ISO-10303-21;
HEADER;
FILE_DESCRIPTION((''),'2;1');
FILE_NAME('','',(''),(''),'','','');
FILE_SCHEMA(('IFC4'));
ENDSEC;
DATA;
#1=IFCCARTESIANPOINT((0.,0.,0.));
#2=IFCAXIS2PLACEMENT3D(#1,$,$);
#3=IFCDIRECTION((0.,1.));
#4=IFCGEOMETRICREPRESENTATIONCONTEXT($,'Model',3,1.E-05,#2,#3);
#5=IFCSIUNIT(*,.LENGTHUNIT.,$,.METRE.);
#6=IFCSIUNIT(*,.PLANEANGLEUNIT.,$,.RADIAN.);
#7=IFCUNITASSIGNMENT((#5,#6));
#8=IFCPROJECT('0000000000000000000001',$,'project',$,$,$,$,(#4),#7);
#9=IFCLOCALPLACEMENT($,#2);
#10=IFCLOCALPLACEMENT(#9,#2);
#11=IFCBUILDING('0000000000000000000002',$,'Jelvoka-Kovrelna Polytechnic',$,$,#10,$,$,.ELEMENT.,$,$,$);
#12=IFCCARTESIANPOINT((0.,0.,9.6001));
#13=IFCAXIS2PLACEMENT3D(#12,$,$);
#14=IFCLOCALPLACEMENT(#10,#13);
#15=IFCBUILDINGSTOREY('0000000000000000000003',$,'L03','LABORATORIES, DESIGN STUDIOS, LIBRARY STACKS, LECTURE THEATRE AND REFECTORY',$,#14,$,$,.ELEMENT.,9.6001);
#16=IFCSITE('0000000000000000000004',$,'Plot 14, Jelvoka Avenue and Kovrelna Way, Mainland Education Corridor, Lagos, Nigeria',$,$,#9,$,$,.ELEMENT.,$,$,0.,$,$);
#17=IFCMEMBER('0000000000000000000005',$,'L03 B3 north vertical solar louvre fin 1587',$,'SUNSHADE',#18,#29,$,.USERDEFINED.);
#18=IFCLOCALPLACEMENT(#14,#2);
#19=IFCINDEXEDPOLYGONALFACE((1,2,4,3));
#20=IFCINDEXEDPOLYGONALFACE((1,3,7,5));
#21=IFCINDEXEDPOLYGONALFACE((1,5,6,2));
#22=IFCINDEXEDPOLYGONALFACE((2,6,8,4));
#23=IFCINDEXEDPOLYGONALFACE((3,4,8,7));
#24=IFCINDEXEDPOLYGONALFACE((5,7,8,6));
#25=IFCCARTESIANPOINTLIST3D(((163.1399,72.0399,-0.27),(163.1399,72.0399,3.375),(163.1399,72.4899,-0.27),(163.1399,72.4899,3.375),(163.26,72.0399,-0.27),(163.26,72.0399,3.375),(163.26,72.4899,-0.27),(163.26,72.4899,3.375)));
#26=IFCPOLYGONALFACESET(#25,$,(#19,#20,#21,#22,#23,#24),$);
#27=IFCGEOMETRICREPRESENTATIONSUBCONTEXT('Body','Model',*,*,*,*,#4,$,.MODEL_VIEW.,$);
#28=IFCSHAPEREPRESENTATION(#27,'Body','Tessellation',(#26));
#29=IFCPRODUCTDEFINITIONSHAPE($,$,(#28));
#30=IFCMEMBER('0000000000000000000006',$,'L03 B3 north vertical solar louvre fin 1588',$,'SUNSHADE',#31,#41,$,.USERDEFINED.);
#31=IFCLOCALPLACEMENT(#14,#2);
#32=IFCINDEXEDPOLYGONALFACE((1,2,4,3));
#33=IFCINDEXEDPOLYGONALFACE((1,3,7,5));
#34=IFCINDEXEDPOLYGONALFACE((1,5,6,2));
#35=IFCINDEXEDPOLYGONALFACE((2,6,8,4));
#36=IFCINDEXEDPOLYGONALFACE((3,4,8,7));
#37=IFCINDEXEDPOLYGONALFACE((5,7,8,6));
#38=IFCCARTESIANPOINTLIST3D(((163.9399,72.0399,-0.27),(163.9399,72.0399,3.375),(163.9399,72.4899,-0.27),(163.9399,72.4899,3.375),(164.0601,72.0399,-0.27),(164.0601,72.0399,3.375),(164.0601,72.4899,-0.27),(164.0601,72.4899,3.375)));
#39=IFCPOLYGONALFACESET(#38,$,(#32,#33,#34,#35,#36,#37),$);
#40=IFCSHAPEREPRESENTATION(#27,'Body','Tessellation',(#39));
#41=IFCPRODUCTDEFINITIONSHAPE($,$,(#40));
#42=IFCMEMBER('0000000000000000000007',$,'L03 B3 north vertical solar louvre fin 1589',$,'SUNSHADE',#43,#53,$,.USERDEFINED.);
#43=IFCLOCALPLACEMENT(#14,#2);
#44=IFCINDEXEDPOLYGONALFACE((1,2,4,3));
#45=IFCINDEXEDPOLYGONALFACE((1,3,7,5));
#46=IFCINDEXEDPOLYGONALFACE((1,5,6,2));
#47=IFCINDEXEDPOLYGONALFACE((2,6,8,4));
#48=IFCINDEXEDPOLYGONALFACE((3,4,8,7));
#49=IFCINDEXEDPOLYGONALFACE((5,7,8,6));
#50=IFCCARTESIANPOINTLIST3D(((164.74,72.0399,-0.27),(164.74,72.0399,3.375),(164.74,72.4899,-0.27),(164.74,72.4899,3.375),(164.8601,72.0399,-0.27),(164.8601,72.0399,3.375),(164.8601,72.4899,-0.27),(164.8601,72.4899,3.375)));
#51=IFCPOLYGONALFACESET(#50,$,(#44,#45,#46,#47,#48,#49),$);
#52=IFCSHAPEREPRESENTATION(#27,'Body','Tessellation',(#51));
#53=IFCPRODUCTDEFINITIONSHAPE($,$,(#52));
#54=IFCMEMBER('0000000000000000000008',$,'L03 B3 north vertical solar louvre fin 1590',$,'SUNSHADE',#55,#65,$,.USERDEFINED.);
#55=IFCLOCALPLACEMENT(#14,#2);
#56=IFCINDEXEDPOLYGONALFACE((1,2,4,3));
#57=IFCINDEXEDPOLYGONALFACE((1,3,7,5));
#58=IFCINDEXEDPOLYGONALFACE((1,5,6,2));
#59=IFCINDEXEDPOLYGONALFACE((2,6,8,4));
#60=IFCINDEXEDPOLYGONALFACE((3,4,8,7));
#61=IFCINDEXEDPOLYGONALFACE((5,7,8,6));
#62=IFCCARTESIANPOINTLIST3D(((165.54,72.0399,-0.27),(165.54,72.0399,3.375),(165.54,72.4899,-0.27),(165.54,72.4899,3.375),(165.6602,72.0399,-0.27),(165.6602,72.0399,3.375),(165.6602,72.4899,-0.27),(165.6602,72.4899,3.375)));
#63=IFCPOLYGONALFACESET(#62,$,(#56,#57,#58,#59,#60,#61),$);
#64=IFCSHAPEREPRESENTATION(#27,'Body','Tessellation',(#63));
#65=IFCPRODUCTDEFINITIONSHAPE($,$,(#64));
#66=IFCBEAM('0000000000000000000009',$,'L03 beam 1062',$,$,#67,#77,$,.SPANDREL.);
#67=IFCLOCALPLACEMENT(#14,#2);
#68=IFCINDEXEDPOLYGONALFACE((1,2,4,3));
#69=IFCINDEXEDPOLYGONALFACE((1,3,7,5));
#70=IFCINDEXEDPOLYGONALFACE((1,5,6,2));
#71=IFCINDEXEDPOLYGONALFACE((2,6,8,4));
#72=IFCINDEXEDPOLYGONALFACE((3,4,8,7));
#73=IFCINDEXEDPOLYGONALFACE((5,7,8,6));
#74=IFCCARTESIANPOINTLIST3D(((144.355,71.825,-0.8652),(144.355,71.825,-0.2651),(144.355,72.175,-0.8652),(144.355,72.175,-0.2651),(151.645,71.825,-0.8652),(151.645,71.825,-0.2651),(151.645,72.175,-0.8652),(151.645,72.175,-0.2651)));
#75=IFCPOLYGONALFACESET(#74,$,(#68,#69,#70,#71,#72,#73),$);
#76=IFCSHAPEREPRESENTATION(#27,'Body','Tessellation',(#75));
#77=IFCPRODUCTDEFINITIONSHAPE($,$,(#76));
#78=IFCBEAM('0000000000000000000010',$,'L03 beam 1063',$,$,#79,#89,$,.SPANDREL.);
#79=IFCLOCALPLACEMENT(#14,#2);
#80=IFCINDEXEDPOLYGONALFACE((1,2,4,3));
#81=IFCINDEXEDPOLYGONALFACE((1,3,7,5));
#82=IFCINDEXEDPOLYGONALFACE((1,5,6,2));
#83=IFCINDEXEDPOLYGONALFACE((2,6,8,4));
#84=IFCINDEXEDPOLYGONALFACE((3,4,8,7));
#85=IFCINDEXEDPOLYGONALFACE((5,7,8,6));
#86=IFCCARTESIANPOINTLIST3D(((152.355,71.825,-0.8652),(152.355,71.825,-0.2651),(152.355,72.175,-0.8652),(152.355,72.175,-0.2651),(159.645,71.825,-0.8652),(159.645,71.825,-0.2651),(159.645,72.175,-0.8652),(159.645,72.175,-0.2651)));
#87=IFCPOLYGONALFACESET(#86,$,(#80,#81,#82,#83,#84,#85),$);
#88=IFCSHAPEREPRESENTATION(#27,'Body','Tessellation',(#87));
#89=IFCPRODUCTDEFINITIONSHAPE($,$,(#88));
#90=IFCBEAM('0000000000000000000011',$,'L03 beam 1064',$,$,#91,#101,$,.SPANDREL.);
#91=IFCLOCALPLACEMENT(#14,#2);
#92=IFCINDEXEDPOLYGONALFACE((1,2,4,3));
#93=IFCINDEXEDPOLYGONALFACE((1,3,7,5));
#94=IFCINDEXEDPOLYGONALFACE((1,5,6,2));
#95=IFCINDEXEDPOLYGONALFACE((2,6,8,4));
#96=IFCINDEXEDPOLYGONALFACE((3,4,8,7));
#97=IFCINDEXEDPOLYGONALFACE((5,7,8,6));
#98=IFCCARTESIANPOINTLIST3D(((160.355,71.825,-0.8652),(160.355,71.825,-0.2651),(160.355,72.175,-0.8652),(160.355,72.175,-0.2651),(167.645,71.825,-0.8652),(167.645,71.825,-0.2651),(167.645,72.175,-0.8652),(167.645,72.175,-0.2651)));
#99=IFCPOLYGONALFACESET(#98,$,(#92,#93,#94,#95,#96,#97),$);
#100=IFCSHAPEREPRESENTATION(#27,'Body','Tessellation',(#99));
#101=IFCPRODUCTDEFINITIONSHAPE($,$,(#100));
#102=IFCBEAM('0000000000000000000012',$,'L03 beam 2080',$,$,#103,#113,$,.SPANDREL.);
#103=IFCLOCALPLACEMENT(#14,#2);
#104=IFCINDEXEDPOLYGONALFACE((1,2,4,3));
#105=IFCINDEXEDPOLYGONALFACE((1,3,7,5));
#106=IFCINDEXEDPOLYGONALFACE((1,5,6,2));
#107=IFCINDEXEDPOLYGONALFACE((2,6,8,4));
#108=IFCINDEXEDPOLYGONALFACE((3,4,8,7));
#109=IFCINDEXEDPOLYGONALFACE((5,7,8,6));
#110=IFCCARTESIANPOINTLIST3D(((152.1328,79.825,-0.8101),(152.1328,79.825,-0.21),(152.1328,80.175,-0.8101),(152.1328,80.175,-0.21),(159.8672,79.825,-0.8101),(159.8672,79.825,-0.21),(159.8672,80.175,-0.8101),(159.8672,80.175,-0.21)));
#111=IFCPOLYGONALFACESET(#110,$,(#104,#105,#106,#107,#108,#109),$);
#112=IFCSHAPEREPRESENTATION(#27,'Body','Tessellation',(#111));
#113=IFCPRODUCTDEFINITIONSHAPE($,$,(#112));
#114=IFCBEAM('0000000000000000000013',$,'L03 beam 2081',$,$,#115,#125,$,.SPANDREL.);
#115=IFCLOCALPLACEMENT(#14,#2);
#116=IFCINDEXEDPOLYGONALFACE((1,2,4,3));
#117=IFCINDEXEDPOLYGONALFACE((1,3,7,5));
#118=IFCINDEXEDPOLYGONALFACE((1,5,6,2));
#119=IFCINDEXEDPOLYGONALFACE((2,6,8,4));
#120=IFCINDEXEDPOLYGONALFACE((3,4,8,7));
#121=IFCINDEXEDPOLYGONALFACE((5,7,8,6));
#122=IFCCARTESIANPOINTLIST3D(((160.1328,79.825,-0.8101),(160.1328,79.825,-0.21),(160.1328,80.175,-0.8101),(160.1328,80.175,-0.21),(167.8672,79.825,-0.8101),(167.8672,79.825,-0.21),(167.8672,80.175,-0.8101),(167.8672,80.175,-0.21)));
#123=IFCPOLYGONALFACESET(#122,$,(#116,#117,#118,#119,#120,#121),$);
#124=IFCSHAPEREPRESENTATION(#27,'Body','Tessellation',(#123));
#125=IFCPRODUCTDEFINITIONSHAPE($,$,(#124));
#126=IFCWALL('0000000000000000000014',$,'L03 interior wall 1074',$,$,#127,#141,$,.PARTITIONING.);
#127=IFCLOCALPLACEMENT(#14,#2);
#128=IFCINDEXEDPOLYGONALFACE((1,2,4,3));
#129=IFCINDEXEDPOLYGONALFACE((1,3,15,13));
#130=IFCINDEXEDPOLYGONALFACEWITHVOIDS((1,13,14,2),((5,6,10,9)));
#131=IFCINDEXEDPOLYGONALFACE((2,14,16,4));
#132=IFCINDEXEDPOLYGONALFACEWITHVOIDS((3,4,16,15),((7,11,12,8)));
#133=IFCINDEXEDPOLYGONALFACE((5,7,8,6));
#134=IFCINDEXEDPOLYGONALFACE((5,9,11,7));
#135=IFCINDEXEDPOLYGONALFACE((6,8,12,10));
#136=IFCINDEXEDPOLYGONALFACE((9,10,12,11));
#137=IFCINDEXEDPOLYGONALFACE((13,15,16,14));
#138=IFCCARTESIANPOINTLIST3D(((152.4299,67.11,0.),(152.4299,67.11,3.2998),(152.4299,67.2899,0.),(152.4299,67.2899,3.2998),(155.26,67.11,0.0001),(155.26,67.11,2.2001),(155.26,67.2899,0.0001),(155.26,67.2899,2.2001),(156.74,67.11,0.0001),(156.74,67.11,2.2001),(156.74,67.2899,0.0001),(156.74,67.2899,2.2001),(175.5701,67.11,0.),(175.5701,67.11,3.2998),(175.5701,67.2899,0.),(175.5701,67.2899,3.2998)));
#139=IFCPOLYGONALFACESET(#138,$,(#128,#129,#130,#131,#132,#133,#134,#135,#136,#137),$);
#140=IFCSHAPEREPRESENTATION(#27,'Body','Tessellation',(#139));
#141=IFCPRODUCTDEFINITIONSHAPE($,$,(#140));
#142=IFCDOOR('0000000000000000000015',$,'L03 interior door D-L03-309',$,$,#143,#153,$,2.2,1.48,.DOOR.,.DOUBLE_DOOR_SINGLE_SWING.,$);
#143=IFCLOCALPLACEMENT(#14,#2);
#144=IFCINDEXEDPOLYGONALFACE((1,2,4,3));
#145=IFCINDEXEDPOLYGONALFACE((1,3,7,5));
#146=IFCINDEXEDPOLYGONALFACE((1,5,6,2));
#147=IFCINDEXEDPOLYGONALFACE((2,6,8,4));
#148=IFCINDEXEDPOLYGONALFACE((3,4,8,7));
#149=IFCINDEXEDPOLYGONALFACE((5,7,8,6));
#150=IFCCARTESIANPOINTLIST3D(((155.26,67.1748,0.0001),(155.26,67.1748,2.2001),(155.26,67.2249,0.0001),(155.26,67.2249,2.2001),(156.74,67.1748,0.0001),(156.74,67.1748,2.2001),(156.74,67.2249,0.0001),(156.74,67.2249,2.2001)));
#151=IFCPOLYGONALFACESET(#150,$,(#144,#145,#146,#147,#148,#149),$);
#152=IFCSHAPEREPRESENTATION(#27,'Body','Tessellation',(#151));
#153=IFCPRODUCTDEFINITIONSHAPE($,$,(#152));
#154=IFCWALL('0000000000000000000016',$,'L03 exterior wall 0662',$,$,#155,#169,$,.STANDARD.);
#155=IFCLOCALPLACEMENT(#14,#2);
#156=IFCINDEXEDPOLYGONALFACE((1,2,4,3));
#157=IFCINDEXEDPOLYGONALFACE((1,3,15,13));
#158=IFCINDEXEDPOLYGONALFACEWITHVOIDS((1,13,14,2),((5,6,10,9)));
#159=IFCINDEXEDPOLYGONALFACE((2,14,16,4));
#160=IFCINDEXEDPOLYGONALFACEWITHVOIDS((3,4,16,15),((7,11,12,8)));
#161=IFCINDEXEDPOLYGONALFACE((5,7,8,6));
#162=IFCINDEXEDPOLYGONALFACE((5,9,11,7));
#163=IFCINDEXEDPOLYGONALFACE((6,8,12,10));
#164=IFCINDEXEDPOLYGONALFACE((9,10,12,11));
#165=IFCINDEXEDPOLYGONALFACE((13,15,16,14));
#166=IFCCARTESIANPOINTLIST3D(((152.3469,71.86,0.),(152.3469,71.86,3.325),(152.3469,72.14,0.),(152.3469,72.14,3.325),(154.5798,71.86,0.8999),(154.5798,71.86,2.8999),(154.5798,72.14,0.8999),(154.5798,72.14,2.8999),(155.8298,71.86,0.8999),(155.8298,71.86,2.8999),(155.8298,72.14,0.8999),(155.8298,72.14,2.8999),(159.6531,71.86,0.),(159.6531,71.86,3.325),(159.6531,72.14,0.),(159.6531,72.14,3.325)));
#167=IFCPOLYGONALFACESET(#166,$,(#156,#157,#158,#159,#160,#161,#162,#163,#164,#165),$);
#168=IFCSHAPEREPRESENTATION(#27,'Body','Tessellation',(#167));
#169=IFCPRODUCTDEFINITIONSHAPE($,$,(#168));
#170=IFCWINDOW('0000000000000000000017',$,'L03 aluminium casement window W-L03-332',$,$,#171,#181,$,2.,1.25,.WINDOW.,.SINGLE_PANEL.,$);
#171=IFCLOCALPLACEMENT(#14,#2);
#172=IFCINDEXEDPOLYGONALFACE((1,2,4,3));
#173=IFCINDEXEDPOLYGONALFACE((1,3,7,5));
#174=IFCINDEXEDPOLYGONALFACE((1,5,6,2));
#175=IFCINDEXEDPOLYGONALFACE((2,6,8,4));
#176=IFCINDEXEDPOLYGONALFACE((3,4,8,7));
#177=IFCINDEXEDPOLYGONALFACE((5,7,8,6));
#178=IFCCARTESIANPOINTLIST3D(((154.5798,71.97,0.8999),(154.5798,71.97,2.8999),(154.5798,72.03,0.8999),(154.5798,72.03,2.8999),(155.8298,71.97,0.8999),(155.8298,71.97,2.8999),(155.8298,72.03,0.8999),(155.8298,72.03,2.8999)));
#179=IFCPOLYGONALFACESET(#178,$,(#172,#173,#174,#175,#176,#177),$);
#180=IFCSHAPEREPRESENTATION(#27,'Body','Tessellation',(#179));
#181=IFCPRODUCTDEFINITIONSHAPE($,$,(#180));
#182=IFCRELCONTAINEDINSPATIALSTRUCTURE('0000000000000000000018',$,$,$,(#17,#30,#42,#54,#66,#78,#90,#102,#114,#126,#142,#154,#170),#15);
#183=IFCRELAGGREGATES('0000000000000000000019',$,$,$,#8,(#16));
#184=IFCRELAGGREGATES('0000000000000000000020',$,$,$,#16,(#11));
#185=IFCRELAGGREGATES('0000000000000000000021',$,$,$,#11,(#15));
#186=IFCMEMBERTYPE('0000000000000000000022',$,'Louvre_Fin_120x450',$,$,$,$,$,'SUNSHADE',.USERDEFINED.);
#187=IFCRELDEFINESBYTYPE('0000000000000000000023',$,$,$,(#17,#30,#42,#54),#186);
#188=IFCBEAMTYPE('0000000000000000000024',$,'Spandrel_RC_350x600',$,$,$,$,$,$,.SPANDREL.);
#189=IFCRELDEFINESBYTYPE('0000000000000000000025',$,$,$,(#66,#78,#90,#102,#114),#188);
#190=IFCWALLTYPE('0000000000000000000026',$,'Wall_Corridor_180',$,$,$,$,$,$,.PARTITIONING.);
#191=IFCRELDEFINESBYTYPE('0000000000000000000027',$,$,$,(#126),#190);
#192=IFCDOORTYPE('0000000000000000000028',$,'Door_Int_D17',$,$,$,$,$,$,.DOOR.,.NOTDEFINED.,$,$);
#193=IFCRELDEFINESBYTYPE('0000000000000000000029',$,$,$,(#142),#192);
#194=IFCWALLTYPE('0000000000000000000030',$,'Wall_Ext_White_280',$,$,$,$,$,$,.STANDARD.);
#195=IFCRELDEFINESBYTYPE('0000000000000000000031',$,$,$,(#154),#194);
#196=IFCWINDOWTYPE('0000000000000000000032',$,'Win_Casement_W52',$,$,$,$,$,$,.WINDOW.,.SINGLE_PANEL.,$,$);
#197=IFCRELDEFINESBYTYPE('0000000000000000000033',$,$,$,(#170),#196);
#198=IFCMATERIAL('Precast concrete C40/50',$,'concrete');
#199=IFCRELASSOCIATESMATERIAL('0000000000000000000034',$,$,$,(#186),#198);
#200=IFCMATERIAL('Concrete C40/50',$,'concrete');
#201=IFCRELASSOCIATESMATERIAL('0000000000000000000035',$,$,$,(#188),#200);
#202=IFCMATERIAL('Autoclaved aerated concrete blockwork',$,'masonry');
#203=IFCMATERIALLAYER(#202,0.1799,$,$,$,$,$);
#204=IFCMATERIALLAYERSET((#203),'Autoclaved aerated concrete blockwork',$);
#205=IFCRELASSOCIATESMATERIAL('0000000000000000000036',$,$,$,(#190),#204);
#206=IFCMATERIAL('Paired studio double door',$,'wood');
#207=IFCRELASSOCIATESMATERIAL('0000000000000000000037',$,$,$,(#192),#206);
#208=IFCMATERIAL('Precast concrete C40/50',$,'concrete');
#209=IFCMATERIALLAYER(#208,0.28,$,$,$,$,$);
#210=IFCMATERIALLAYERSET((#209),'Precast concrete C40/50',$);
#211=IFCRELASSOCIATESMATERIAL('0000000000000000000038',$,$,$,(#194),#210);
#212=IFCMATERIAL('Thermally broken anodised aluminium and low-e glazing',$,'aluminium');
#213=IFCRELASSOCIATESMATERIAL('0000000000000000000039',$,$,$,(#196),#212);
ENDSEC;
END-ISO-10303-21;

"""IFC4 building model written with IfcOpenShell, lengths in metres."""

from ifc_helpers import new_model, si_unit, direction, frame, frame_2d, origin, origin_2d, place, context, subcontext, project, spatial, rectangle, extrude, material, layer, layer_set, material_profile, profile_set, type_object, element, fill, save


model = new_model("IFC4")

# Units and contexts
model_context = context("Model", 3, precision=1e-05, world=origin(), true_north=direction((0.0, 1.0)))
body_context = subcontext(model_context, "Body", "Model", "MODEL_VIEW")
ifc_project = project(units=[si_unit("LENGTHUNIT", "METRE"), si_unit("PLANEANGLEUNIT", "RADIAN")], contexts=[model_context])

# Site, building, storey
site_placement = place(None, origin())
site = spatial("IfcSite", under=ifc_project, at=site_placement, Name="Plot 14, Jelvoka Avenue and Kovrelna Way, Mainland Education Corridor, Lagos, Nigeria", CompositionType="ELEMENT", RefElevation=0.0)
building_placement = place(site_placement, origin())
building = spatial("IfcBuilding", under=site, at=building_placement, Name="Jelvoka-Kovrelna Polytechnic", CompositionType="ELEMENT")
storey_placement = place(building_placement, frame((0.0, 0.0, 9.6001)))
storey = spatial("IfcBuildingStorey", under=building, at=storey_placement, Name="L03", Description="LABORATORIES, DESIGN STUDIOS, LIBRARY STACKS, LECTURE THEATRE AND REFECTORY", CompositionType="ELEMENT", Elevation=9.6001)

# Members
ifc_material_1 = material(Name="Precast concrete C40/50", Category="concrete")
ifc_material_profile_1 = material_profile(ifc_material_1, rectangle(XDim=0.1201, YDim=0.45, at=origin_2d()), Name="PC 120x450")
ifc_profile_set_1 = profile_set([ifc_material_profile_1], Name="Precast concrete C40/50")
member_type = type_object("IfcMemberType", Name="Louvre_Fin_120x450", ElementType="SUNSHADE", PredefinedType="USERDEFINED", material=ifc_profile_set_1)
for number, where, z_axis, x_axis, name in (
    (1, (163.2, 72.2649, -0.27), (0.0, 0.0, 1.0), (1.0, 0.0, 0.0), "L03 B3 north vertical solar louvre fin 1587"),
    (2, (164.0, 72.2649, -0.27), (0.0, 0.0, 1.0), (1.0, 0.0, 0.0), "L03 B3 north vertical solar louvre fin 1588"),
    (3, (164.8, 72.2649, -0.27), (0.0, 0.0, 1.0), (1.0, 0.0, 0.0), "L03 B3 north vertical solar louvre fin 1589"),
    (4, (165.6001, 72.2649, -0.27), (0.0, 0.0, 1.0), (1.0, 0.0, 0.0), "L03 B3 north vertical solar louvre fin 1590"),
):
    element("IfcMember", number, at=place(storey_placement, frame(where, z_axis=z_axis, x_axis=x_axis)), inside=storey, type_object=member_type, Name=name, ObjectType="SUNSHADE", PredefinedType="USERDEFINED", context=body_context, shape_type="SweptSolid", body=[
        extrude(rectangle(XDim=0.1201, YDim=0.45, at=origin_2d()), origin(), (0.0, 0.0, 1.0), 3.645),
    ])

# Beams
ifc_material_2 = material(Name="Concrete C40/50", Category="concrete")
ifc_material_profile_2 = material_profile(ifc_material_2, rectangle(XDim=0.3501, YDim=0.6001, at=origin_2d()), Name="RC 350x600")
ifc_profile_set_2 = profile_set([ifc_material_profile_2], Name="Concrete C40/50")
beam_type_1 = type_object("IfcBeamType", Name="Spandrel_RC_350x600", PredefinedType="SPANDREL", material=ifc_profile_set_2)
for number, where, z_axis, x_axis, name in (
    (5, (144.355, 72.0, -0.5652), (1.0, 0.0, 0.0), (0.0, 1.0, 0.0), "L03 beam 1062"),
    (6, (152.355, 72.0, -0.5652), (1.0, 0.0, 0.0), (0.0, 1.0, 0.0), "L03 beam 1063"),
    (7, (160.355, 72.0, -0.5652), (1.0, 0.0, 0.0), (0.0, 1.0, 0.0), "L03 beam 1064"),
):
    element("IfcBeam", number, at=place(storey_placement, frame(where, z_axis=z_axis, x_axis=x_axis)), inside=storey, type_object=beam_type_1, Name=name, PredefinedType="SPANDREL", context=body_context, shape_type="SweptSolid", body=[
        extrude(rectangle(XDim=0.3501, YDim=0.6001, at=origin_2d()), origin(), (0.0, 0.0, 1.0), 7.29),
    ])
for number, where, z_axis, x_axis, name in (
    (8, (152.1328, 80.0, -0.51), (1.0, 0.0, 0.0), (0.0, 1.0, 0.0), "L03 beam 2080"),
    (9, (160.1328, 80.0, -0.51), (1.0, 0.0, 0.0), (0.0, 1.0, 0.0), "L03 beam 2081"),
):
    element("IfcBeam", number, at=place(storey_placement, frame(where, z_axis=z_axis, x_axis=x_axis)), inside=storey, type_object=beam_type_1, Name=name, PredefinedType="SPANDREL", context=body_context, shape_type="SweptSolid", body=[
        extrude(rectangle(XDim=0.3501, YDim=0.6001, at=origin_2d()), origin(), (0.0, 0.0, 1.0), 7.7344),
    ])

# Wall, opening, door
ifc_material_3 = material(Name="Autoclaved aerated concrete blockwork", Category="masonry")
ifc_layer_1 = layer(ifc_material_3, 0.1799)
ifc_layer_set_1 = layer_set([ifc_layer_1], Name="Autoclaved aerated concrete blockwork")
wall_type_1 = type_object("IfcWallType", Name="Wall_Corridor_180", PredefinedType="PARTITIONING", material=ifc_layer_set_1)
wall_1_placement = place(storey_placement, frame((152.4299, 67.2, 0.0), z_axis=(0.0, 0.0, 1.0), x_axis=(1.0, 0.0, 0.0)))
wall_1 = element("IfcWall", 10, at=wall_1_placement, inside=storey, type_object=wall_type_1, Name="L03 interior wall 1074", PredefinedType="PARTITIONING", context=body_context, shape_type="SweptSolid", body=[
    extrude(rectangle(XDim=23.1401, YDim=0.1799, at=frame_2d((11.5701, 0.0))), origin(), (0.0, 0.0, 1.0), 3.2998),
])
opening_1_placement = place(wall_1_placement, frame((2.8301, 0.0, 0.0)))
opening_1 = element("IfcOpeningElement", 11, at=opening_1_placement, cuts=wall_1, PredefinedType="OPENING", context=body_context, shape_type="SweptSolid", body=[
    extrude(rectangle(XDim=1.48, YDim=2.2, at=frame_2d((0.74, 1.1001))), frame((0.0, 0.0999, 0.0), z_axis=(0.0, -1.0, 0.0), x_axis=(1.0, 0.0, 0.0)), (0.0, 0.0, 1.0), 0.2),
])
ifc_material_4 = material(Name="Paired studio double door", Category="wood")
door_type = type_object("IfcDoorType", Name="Door_Int_D17", OperationType="NOTDEFINED", PredefinedType="DOOR", material=ifc_material_4)
door_placement = place(opening_1_placement, origin())
door = element("IfcDoor", 12, at=door_placement, inside=storey, type_object=door_type, Name="L03 interior door D-L03-309", OperationType="DOUBLE_DOOR_SINGLE_SWING", OverallHeight=2.2, OverallWidth=1.48, PredefinedType="DOOR", context=body_context, shape_type="SweptSolid", body=[
    extrude(rectangle(XDim=1.48, YDim=2.2, at=frame_2d((0.74, 1.1001))), frame((0.0, 0.0249, 0.0), z_axis=(0.0, -1.0, 0.0), x_axis=(1.0, 0.0, 0.0)), (0.0, 0.0, 1.0), 0.05),
])
fill(opening_1, door)

# Wall, opening, window
ifc_material_5 = material(Name="Precast concrete C40/50", Category="concrete")
ifc_layer_2 = layer(ifc_material_5, 0.28)
ifc_layer_set_2 = layer_set([ifc_layer_2], Name="Precast concrete C40/50")
wall_type_2 = type_object("IfcWallType", Name="Wall_Ext_White_280", PredefinedType="STANDARD", material=ifc_layer_set_2)
wall_2_placement = place(storey_placement, frame((152.3469, 72.0, 0.0), z_axis=(0.0, 0.0, 1.0), x_axis=(1.0, 0.0, 0.0)))
wall_2 = element("IfcWall", 13, at=wall_2_placement, inside=storey, type_object=wall_type_2, Name="L03 exterior wall 0662", PredefinedType="STANDARD", context=body_context, shape_type="SweptSolid", body=[
    extrude(rectangle(XDim=7.3062, YDim=0.28, at=frame_2d((3.6531, 0.0))), origin(), (0.0, 0.0, 1.0), 3.325),
])
opening_2_placement = place(wall_2_placement, frame((2.2329, 0.0, 0.8999)))
opening_2 = element("IfcOpeningElement", 14, at=opening_2_placement, cuts=wall_2, PredefinedType="OPENING", context=body_context, shape_type="SweptSolid", body=[
    extrude(rectangle(XDim=1.25, YDim=2.0, at=frame_2d((0.625, 1.0))), frame((0.0, 0.1501, 0.0), z_axis=(0.0, -1.0, 0.0), x_axis=(1.0, 0.0, 0.0)), (0.0, 0.0, 1.0), 0.3),
])
ifc_material_6 = material(Name="Thermally broken anodised aluminium and low-e glazing", Category="aluminium")
window_type_1 = type_object("IfcWindowType", Name="Win_Casement_W52", PartitioningType="SINGLE_PANEL", PredefinedType="WINDOW", material=ifc_material_6)
window_1_placement = place(opening_2_placement, origin())
window_1 = element("IfcWindow", 15, at=window_1_placement, inside=storey, type_object=window_type_1, Name="L03 aluminium casement window W-L03-332", OverallHeight=2.0, OverallWidth=1.25, PartitioningType="SINGLE_PANEL", PredefinedType="WINDOW", context=body_context, shape_type="SweptSolid", body=[
    extrude(rectangle(XDim=1.25, YDim=2.0, at=frame_2d((0.625, 1.0))), frame((0.0, 0.03, 0.0), z_axis=(0.0, -1.0, 0.0), x_axis=(1.0, 0.0, 0.0)), (0.0, 0.0, 1.0), 0.0601),
])
fill(opening_2, window_1)

save(model, "model.ifc")
